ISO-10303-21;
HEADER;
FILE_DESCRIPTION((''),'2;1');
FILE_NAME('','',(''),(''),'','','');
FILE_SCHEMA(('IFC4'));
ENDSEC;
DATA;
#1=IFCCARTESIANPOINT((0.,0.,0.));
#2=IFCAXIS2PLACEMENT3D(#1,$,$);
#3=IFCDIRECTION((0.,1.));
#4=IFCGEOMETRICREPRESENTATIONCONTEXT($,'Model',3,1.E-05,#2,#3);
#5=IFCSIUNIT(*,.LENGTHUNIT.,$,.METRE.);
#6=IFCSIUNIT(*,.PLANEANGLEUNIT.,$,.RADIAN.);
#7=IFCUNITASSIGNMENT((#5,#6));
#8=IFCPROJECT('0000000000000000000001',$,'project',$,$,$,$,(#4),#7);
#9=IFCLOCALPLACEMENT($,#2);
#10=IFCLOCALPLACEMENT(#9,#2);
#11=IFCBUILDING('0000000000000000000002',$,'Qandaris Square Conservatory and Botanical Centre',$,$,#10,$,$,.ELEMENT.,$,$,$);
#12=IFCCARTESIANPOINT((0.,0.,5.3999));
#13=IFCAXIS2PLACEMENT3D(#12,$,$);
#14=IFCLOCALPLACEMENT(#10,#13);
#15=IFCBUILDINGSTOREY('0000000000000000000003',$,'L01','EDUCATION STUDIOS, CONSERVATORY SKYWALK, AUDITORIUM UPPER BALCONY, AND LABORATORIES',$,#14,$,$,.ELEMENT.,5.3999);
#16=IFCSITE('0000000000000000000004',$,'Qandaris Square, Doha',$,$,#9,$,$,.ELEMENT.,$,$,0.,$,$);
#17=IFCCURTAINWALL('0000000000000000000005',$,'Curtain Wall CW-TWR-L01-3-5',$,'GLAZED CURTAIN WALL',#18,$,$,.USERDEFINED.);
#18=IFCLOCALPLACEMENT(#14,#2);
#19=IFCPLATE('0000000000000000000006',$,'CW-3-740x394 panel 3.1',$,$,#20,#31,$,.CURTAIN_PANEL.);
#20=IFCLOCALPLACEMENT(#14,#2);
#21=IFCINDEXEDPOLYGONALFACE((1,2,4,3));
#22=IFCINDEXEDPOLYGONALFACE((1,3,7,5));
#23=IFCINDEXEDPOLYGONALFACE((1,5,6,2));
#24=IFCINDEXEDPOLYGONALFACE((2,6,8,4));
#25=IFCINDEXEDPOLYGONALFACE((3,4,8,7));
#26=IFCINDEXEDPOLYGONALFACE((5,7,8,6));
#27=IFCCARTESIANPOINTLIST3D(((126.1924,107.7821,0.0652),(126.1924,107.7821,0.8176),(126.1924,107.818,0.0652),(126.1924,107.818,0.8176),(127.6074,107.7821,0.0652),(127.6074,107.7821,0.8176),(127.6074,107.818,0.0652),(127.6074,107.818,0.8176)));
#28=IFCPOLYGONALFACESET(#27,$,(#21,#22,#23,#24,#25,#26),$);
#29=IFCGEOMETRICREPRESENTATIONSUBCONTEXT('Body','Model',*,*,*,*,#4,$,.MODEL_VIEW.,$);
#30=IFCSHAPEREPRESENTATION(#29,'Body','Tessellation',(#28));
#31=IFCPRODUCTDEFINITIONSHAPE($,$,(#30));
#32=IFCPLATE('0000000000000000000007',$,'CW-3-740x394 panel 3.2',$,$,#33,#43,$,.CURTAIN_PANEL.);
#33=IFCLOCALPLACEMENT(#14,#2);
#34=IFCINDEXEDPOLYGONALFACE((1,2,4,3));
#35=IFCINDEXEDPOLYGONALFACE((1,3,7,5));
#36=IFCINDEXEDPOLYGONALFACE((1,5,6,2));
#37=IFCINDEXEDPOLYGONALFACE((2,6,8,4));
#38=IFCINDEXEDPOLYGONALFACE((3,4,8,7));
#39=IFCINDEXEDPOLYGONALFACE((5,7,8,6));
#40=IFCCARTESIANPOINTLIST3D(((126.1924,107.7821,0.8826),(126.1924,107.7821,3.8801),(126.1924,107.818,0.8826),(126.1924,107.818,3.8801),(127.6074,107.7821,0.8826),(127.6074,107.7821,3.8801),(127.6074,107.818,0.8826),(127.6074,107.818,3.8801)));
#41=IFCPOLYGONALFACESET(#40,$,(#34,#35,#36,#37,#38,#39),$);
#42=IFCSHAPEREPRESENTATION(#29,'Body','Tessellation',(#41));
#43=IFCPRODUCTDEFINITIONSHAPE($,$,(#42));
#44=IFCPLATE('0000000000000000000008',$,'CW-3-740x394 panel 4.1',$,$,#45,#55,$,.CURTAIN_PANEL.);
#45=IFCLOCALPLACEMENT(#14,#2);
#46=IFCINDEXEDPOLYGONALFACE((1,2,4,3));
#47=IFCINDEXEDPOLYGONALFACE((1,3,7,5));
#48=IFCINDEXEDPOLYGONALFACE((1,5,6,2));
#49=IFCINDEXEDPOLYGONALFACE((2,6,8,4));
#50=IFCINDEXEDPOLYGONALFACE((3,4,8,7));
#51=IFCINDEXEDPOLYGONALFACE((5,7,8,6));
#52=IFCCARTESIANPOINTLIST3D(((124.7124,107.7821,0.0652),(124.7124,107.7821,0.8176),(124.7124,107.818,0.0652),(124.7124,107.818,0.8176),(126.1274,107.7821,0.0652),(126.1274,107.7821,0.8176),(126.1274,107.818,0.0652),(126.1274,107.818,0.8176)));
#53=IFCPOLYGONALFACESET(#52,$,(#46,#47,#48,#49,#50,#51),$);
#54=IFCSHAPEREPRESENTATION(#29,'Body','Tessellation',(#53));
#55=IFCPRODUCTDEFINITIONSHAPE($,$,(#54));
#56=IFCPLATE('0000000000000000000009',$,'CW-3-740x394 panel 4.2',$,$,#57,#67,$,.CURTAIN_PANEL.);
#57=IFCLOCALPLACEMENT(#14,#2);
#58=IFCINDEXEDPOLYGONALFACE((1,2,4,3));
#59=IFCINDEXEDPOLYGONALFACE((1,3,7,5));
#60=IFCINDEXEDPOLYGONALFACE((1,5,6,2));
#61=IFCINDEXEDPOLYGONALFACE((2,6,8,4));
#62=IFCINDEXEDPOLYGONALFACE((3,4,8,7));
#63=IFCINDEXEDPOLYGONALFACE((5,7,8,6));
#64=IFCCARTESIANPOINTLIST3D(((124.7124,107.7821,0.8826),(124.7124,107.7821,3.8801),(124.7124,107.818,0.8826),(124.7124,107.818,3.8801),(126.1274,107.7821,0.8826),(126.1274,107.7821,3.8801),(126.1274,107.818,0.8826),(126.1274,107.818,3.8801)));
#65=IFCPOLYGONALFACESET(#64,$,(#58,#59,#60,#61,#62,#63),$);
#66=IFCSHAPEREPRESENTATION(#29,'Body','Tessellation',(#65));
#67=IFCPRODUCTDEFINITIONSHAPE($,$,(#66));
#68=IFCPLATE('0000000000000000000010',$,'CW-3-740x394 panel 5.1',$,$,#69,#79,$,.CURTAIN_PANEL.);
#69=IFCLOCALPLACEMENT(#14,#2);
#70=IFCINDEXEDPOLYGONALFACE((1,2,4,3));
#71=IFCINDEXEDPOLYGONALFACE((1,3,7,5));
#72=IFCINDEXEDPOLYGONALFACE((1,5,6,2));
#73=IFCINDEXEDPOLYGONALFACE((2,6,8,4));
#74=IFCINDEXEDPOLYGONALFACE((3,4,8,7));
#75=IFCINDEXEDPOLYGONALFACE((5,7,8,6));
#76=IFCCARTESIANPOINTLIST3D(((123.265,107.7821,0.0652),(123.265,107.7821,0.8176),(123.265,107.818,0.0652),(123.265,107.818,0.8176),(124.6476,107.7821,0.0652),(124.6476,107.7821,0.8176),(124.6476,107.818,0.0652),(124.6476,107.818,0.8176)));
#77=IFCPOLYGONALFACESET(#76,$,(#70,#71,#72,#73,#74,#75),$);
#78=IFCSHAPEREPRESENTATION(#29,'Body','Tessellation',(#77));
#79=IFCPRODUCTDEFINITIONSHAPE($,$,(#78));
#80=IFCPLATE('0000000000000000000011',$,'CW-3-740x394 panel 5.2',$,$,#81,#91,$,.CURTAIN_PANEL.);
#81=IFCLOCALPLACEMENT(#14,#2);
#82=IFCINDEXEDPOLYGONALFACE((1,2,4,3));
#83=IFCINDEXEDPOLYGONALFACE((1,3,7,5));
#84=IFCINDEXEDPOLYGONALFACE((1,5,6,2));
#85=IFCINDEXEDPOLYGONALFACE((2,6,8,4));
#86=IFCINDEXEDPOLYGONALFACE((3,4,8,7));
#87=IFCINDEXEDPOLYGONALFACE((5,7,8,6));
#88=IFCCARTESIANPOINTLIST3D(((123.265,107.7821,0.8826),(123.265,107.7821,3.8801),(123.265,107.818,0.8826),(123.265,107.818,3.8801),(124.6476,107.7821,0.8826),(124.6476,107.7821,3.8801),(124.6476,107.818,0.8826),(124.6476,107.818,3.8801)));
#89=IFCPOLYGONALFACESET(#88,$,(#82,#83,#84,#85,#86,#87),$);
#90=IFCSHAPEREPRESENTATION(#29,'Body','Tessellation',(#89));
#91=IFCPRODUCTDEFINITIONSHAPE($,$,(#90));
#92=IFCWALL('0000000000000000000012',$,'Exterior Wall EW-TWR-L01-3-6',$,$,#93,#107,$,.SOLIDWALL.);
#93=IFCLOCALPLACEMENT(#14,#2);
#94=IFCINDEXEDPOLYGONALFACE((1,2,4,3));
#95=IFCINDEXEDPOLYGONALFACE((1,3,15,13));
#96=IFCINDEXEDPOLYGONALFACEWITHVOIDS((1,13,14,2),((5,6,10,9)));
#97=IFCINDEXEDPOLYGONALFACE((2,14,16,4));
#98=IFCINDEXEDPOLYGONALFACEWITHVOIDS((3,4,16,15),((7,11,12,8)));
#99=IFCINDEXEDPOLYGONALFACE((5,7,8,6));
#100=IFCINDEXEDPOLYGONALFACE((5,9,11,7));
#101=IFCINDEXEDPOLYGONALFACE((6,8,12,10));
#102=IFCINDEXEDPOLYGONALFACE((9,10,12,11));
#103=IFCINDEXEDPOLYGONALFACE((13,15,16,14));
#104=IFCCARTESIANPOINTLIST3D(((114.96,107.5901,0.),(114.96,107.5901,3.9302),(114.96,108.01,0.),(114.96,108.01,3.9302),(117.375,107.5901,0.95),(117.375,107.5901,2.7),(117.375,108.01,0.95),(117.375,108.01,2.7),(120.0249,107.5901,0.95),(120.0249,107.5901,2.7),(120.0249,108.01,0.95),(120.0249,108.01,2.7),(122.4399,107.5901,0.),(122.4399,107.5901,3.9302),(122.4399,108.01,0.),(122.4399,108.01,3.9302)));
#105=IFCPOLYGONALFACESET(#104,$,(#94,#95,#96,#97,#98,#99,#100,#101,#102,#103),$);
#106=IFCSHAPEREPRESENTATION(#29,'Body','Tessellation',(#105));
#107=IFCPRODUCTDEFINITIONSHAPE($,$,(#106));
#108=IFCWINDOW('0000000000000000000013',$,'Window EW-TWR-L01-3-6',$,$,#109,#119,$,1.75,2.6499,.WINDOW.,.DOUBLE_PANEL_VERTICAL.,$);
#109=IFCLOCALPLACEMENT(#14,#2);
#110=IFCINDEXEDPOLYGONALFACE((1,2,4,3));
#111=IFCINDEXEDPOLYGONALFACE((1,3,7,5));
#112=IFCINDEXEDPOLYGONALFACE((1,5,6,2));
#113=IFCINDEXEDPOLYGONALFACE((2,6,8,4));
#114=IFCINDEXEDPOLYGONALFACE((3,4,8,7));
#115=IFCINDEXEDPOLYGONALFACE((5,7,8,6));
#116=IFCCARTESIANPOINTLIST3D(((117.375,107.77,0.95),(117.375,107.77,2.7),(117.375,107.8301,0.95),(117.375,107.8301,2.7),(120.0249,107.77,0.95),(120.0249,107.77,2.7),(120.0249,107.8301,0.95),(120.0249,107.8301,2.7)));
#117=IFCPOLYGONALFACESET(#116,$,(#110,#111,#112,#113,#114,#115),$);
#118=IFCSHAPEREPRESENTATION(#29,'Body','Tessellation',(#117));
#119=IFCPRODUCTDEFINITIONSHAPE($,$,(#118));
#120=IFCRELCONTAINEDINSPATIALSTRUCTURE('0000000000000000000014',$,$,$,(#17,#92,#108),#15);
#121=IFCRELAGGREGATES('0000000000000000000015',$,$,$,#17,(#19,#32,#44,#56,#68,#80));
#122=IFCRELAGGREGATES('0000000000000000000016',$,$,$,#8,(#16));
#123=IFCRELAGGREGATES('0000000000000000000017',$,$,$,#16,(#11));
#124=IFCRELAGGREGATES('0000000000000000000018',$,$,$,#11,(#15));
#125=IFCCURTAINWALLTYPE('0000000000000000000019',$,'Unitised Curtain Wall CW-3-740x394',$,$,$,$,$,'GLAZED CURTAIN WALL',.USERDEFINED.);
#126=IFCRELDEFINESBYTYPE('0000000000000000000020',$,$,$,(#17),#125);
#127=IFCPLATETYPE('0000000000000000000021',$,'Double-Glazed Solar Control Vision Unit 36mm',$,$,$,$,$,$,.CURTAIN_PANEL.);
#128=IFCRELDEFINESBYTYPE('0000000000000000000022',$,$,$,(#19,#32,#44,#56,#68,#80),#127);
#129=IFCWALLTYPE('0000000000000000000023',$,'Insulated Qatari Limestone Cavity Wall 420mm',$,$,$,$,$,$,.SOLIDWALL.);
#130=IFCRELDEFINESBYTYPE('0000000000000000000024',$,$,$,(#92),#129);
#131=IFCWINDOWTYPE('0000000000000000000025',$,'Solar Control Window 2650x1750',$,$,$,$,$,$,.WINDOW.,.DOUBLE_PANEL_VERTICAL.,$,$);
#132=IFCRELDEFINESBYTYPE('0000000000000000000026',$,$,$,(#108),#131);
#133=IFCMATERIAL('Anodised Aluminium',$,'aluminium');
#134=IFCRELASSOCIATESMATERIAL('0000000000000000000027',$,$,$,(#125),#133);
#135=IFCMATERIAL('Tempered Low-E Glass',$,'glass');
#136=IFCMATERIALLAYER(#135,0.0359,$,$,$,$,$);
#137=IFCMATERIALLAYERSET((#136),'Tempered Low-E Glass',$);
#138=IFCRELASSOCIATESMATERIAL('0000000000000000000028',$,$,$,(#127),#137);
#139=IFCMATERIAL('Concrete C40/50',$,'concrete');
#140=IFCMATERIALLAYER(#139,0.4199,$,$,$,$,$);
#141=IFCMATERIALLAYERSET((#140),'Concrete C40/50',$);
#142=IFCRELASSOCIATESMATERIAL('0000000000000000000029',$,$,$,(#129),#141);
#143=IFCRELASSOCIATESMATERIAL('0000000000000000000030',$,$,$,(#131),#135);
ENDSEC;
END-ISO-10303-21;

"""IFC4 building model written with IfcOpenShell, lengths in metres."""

from ifc_helpers import new_model, si_unit, direction, frame, frame_2d, origin, origin_2d, place, context, subcontext, project, spatial, rectangle, extrude, material, layer, layer_set, type_object, element, fill, aggregate, save


model = new_model("IFC4")

# Units and contexts
model_context = context("Model", 3, precision=1e-05, world=origin(), true_north=direction((0.0, 1.0)))
body_context = subcontext(model_context, "Body", "Model", "MODEL_VIEW")
ifc_project = project(units=[si_unit("LENGTHUNIT", "METRE"), si_unit("PLANEANGLEUNIT", "RADIAN")], contexts=[model_context])

# Site, building, storey
site_placement = place(None, origin())
site = spatial("IfcSite", under=ifc_project, at=site_placement, Name="Qandaris Square, Doha", CompositionType="ELEMENT", RefElevation=0.0)
building_placement = place(site_placement, origin())
building = spatial("IfcBuilding", under=site, at=building_placement, Name="Qandaris Square Conservatory and Botanical Centre", CompositionType="ELEMENT")
storey_placement = place(building_placement, frame((0.0, 0.0, 5.3999)))
storey = spatial("IfcBuildingStorey", under=building, at=storey_placement, Name="L01", Description="EDUCATION STUDIOS, CONSERVATORY SKYWALK, AUDITORIUM UPPER BALCONY, AND LABORATORIES", CompositionType="ELEMENT", Elevation=5.3999)

# Shared definitions
ifc_material_1 = material(Name="Concrete C40/50", Category="concrete")

# Curtain wall
ifc_material_2 = material(Name="Anodised Aluminium", Category="aluminium")
curtain_wall_type = type_object("IfcCurtainWallType", Name="Unitised Curtain Wall CW-3-740x394", ElementType="GLAZED CURTAIN WALL", PredefinedType="USERDEFINED", material=ifc_material_2)
curtain_wall_placement = place(storey_placement, origin())
curtain_wall = element("IfcCurtainWall", 1, at=curtain_wall_placement, inside=storey, type_object=curtain_wall_type, Name="Curtain Wall CW-TWR-L01-3-5", ObjectType="GLAZED CURTAIN WALL", PredefinedType="USERDEFINED")

# Plates
ifc_material_3 = material(Name="Tempered Low-E Glass", Category="glass")
ifc_layer_1 = layer(ifc_material_3, 0.0359)
ifc_layer_set_1 = layer_set([ifc_layer_1], Name="Tempered Low-E Glass")
plate_type = type_object("IfcPlateType", Name="Double-Glazed Solar Control Vision Unit 36mm", PredefinedType="CURTAIN_PANEL", material=ifc_layer_set_1)
plate_1_placement = place(storey_placement, frame((126.8999, 107.8, 0.0652), z_axis=(0.0, 0.0, 1.0), x_axis=(-1.0, 0.0, 0.0)))
plate_1 = element("IfcPlate", 2, at=plate_1_placement, type_object=plate_type, Name="CW-3-740x394 panel 3.1", PredefinedType="CURTAIN_PANEL", context=body_context, shape_type="SweptSolid", body=[
    extrude(rectangle(XDim=1.415, YDim=0.0359, at=origin_2d()), origin(), (0.0, 0.0, 1.0), 0.7524),
])
plate_2_placement = place(storey_placement, frame((126.8999, 107.8, 0.8826), z_axis=(0.0, 0.0, 1.0), x_axis=(-1.0, 0.0, 0.0)))
plate_2 = element("IfcPlate", 3, at=plate_2_placement, type_object=plate_type, Name="CW-3-740x394 panel 3.2", PredefinedType="CURTAIN_PANEL", context=body_context, shape_type="SweptSolid", body=[
    extrude(rectangle(XDim=1.415, YDim=0.0359, at=origin_2d()), origin(), (0.0, 0.0, 1.0), 2.9976),
])
plate_3_placement = place(storey_placement, frame((125.4199, 107.8, 0.0652), z_axis=(0.0, 0.0, 1.0), x_axis=(-1.0, 0.0, 0.0)))
plate_3 = element("IfcPlate", 4, at=plate_3_placement, type_object=plate_type, Name="CW-3-740x394 panel 4.1", PredefinedType="CURTAIN_PANEL", context=body_context, shape_type="SweptSolid", body=[
    extrude(rectangle(XDim=1.415, YDim=0.0359, at=origin_2d()), origin(), (0.0, 0.0, 1.0), 0.7524),
])
plate_4_placement = place(storey_placement, frame((125.4199, 107.8, 0.8826), z_axis=(0.0, 0.0, 1.0), x_axis=(-1.0, 0.0, 0.0)))
plate_4 = element("IfcPlate", 5, at=plate_4_placement, type_object=plate_type, Name="CW-3-740x394 panel 4.2", PredefinedType="CURTAIN_PANEL", context=body_context, shape_type="SweptSolid", body=[
    extrude(rectangle(XDim=1.415, YDim=0.0359, at=origin_2d()), origin(), (0.0, 0.0, 1.0), 2.9976),
])
plate_5_placement = place(storey_placement, frame((123.9563, 107.8, 0.0652), z_axis=(0.0, 0.0, 1.0), x_axis=(-1.0, 0.0, 0.0)))
plate_5 = element("IfcPlate", 6, at=plate_5_placement, type_object=plate_type, Name="CW-3-740x394 panel 5.1", PredefinedType="CURTAIN_PANEL", context=body_context, shape_type="SweptSolid", body=[
    extrude(rectangle(XDim=1.3826, YDim=0.0359, at=origin_2d()), origin(), (0.0, 0.0, 1.0), 0.7524),
])
plate_6_placement = place(storey_placement, frame((123.9563, 107.8, 0.8826), z_axis=(0.0, 0.0, 1.0), x_axis=(-1.0, 0.0, 0.0)))
plate_6 = element("IfcPlate", 7, at=plate_6_placement, type_object=plate_type, Name="CW-3-740x394 panel 5.2", PredefinedType="CURTAIN_PANEL", context=body_context, shape_type="SweptSolid", body=[
    extrude(rectangle(XDim=1.3826, YDim=0.0359, at=origin_2d()), origin(), (0.0, 0.0, 1.0), 2.9976),
])
aggregate(curtain_wall, [plate_1, plate_2, plate_3, plate_4, plate_5, plate_6])

# Wall, opening, window
ifc_layer_2 = layer(ifc_material_1, 0.4199)
ifc_layer_set_2 = layer_set([ifc_layer_2], Name="Concrete C40/50")
wall_type = type_object("IfcWallType", Name="Insulated Qatari Limestone Cavity Wall 420mm", PredefinedType="SOLIDWALL", material=ifc_layer_set_2)
wall_placement = place(storey_placement, frame((122.4399, 107.8, 0.0), z_axis=(0.0, 0.0, 1.0), x_axis=(-1.0, 0.0, 0.0)))
wall = element("IfcWall", 8, at=wall_placement, inside=storey, type_object=wall_type, Name="Exterior Wall EW-TWR-L01-3-6", PredefinedType="SOLIDWALL", context=body_context, shape_type="SweptSolid", body=[
    extrude(rectangle(XDim=7.48, YDim=0.4199, at=frame_2d((3.74, 0.0))), origin(), (0.0, 0.0, 1.0), 3.9302),
])
opening_placement = place(wall_placement, frame((2.415, 0.0, 0.95)))
opening = element("IfcOpeningElement", 9, at=opening_placement, cuts=wall, PredefinedType="OPENING", context=body_context, shape_type="SweptSolid", body=[
    extrude(rectangle(XDim=2.6499, YDim=1.75, at=frame_2d((1.325, 0.875))), frame((0.0, 0.2219, 0.0), z_axis=(0.0, -1.0, 0.0), x_axis=(1.0, 0.0, 0.0)), (0.0, 0.0, 1.0), 0.4438),
])
window_type = type_object("IfcWindowType", Name="Solar Control Window 2650x1750", PartitioningType="DOUBLE_PANEL_VERTICAL", PredefinedType="WINDOW", material=ifc_material_3)
window_placement = place(opening_placement, origin())
window = element("IfcWindow", 10, at=window_placement, inside=storey, type_object=window_type, Name="Window EW-TWR-L01-3-6", OverallHeight=1.75, OverallWidth=2.6499, PartitioningType="DOUBLE_PANEL_VERTICAL", PredefinedType="WINDOW", context=body_context, shape_type="SweptSolid", body=[
    extrude(rectangle(XDim=2.6499, YDim=1.75, at=frame_2d((1.325, 0.875))), frame((0.0, 0.03, 0.0), z_axis=(0.0, -1.0, 0.0), x_axis=(1.0, 0.0, 0.0)), (0.0, 0.0, 1.0), 0.0601),
])
fill(opening, window)

save(model, "model.ifc")
